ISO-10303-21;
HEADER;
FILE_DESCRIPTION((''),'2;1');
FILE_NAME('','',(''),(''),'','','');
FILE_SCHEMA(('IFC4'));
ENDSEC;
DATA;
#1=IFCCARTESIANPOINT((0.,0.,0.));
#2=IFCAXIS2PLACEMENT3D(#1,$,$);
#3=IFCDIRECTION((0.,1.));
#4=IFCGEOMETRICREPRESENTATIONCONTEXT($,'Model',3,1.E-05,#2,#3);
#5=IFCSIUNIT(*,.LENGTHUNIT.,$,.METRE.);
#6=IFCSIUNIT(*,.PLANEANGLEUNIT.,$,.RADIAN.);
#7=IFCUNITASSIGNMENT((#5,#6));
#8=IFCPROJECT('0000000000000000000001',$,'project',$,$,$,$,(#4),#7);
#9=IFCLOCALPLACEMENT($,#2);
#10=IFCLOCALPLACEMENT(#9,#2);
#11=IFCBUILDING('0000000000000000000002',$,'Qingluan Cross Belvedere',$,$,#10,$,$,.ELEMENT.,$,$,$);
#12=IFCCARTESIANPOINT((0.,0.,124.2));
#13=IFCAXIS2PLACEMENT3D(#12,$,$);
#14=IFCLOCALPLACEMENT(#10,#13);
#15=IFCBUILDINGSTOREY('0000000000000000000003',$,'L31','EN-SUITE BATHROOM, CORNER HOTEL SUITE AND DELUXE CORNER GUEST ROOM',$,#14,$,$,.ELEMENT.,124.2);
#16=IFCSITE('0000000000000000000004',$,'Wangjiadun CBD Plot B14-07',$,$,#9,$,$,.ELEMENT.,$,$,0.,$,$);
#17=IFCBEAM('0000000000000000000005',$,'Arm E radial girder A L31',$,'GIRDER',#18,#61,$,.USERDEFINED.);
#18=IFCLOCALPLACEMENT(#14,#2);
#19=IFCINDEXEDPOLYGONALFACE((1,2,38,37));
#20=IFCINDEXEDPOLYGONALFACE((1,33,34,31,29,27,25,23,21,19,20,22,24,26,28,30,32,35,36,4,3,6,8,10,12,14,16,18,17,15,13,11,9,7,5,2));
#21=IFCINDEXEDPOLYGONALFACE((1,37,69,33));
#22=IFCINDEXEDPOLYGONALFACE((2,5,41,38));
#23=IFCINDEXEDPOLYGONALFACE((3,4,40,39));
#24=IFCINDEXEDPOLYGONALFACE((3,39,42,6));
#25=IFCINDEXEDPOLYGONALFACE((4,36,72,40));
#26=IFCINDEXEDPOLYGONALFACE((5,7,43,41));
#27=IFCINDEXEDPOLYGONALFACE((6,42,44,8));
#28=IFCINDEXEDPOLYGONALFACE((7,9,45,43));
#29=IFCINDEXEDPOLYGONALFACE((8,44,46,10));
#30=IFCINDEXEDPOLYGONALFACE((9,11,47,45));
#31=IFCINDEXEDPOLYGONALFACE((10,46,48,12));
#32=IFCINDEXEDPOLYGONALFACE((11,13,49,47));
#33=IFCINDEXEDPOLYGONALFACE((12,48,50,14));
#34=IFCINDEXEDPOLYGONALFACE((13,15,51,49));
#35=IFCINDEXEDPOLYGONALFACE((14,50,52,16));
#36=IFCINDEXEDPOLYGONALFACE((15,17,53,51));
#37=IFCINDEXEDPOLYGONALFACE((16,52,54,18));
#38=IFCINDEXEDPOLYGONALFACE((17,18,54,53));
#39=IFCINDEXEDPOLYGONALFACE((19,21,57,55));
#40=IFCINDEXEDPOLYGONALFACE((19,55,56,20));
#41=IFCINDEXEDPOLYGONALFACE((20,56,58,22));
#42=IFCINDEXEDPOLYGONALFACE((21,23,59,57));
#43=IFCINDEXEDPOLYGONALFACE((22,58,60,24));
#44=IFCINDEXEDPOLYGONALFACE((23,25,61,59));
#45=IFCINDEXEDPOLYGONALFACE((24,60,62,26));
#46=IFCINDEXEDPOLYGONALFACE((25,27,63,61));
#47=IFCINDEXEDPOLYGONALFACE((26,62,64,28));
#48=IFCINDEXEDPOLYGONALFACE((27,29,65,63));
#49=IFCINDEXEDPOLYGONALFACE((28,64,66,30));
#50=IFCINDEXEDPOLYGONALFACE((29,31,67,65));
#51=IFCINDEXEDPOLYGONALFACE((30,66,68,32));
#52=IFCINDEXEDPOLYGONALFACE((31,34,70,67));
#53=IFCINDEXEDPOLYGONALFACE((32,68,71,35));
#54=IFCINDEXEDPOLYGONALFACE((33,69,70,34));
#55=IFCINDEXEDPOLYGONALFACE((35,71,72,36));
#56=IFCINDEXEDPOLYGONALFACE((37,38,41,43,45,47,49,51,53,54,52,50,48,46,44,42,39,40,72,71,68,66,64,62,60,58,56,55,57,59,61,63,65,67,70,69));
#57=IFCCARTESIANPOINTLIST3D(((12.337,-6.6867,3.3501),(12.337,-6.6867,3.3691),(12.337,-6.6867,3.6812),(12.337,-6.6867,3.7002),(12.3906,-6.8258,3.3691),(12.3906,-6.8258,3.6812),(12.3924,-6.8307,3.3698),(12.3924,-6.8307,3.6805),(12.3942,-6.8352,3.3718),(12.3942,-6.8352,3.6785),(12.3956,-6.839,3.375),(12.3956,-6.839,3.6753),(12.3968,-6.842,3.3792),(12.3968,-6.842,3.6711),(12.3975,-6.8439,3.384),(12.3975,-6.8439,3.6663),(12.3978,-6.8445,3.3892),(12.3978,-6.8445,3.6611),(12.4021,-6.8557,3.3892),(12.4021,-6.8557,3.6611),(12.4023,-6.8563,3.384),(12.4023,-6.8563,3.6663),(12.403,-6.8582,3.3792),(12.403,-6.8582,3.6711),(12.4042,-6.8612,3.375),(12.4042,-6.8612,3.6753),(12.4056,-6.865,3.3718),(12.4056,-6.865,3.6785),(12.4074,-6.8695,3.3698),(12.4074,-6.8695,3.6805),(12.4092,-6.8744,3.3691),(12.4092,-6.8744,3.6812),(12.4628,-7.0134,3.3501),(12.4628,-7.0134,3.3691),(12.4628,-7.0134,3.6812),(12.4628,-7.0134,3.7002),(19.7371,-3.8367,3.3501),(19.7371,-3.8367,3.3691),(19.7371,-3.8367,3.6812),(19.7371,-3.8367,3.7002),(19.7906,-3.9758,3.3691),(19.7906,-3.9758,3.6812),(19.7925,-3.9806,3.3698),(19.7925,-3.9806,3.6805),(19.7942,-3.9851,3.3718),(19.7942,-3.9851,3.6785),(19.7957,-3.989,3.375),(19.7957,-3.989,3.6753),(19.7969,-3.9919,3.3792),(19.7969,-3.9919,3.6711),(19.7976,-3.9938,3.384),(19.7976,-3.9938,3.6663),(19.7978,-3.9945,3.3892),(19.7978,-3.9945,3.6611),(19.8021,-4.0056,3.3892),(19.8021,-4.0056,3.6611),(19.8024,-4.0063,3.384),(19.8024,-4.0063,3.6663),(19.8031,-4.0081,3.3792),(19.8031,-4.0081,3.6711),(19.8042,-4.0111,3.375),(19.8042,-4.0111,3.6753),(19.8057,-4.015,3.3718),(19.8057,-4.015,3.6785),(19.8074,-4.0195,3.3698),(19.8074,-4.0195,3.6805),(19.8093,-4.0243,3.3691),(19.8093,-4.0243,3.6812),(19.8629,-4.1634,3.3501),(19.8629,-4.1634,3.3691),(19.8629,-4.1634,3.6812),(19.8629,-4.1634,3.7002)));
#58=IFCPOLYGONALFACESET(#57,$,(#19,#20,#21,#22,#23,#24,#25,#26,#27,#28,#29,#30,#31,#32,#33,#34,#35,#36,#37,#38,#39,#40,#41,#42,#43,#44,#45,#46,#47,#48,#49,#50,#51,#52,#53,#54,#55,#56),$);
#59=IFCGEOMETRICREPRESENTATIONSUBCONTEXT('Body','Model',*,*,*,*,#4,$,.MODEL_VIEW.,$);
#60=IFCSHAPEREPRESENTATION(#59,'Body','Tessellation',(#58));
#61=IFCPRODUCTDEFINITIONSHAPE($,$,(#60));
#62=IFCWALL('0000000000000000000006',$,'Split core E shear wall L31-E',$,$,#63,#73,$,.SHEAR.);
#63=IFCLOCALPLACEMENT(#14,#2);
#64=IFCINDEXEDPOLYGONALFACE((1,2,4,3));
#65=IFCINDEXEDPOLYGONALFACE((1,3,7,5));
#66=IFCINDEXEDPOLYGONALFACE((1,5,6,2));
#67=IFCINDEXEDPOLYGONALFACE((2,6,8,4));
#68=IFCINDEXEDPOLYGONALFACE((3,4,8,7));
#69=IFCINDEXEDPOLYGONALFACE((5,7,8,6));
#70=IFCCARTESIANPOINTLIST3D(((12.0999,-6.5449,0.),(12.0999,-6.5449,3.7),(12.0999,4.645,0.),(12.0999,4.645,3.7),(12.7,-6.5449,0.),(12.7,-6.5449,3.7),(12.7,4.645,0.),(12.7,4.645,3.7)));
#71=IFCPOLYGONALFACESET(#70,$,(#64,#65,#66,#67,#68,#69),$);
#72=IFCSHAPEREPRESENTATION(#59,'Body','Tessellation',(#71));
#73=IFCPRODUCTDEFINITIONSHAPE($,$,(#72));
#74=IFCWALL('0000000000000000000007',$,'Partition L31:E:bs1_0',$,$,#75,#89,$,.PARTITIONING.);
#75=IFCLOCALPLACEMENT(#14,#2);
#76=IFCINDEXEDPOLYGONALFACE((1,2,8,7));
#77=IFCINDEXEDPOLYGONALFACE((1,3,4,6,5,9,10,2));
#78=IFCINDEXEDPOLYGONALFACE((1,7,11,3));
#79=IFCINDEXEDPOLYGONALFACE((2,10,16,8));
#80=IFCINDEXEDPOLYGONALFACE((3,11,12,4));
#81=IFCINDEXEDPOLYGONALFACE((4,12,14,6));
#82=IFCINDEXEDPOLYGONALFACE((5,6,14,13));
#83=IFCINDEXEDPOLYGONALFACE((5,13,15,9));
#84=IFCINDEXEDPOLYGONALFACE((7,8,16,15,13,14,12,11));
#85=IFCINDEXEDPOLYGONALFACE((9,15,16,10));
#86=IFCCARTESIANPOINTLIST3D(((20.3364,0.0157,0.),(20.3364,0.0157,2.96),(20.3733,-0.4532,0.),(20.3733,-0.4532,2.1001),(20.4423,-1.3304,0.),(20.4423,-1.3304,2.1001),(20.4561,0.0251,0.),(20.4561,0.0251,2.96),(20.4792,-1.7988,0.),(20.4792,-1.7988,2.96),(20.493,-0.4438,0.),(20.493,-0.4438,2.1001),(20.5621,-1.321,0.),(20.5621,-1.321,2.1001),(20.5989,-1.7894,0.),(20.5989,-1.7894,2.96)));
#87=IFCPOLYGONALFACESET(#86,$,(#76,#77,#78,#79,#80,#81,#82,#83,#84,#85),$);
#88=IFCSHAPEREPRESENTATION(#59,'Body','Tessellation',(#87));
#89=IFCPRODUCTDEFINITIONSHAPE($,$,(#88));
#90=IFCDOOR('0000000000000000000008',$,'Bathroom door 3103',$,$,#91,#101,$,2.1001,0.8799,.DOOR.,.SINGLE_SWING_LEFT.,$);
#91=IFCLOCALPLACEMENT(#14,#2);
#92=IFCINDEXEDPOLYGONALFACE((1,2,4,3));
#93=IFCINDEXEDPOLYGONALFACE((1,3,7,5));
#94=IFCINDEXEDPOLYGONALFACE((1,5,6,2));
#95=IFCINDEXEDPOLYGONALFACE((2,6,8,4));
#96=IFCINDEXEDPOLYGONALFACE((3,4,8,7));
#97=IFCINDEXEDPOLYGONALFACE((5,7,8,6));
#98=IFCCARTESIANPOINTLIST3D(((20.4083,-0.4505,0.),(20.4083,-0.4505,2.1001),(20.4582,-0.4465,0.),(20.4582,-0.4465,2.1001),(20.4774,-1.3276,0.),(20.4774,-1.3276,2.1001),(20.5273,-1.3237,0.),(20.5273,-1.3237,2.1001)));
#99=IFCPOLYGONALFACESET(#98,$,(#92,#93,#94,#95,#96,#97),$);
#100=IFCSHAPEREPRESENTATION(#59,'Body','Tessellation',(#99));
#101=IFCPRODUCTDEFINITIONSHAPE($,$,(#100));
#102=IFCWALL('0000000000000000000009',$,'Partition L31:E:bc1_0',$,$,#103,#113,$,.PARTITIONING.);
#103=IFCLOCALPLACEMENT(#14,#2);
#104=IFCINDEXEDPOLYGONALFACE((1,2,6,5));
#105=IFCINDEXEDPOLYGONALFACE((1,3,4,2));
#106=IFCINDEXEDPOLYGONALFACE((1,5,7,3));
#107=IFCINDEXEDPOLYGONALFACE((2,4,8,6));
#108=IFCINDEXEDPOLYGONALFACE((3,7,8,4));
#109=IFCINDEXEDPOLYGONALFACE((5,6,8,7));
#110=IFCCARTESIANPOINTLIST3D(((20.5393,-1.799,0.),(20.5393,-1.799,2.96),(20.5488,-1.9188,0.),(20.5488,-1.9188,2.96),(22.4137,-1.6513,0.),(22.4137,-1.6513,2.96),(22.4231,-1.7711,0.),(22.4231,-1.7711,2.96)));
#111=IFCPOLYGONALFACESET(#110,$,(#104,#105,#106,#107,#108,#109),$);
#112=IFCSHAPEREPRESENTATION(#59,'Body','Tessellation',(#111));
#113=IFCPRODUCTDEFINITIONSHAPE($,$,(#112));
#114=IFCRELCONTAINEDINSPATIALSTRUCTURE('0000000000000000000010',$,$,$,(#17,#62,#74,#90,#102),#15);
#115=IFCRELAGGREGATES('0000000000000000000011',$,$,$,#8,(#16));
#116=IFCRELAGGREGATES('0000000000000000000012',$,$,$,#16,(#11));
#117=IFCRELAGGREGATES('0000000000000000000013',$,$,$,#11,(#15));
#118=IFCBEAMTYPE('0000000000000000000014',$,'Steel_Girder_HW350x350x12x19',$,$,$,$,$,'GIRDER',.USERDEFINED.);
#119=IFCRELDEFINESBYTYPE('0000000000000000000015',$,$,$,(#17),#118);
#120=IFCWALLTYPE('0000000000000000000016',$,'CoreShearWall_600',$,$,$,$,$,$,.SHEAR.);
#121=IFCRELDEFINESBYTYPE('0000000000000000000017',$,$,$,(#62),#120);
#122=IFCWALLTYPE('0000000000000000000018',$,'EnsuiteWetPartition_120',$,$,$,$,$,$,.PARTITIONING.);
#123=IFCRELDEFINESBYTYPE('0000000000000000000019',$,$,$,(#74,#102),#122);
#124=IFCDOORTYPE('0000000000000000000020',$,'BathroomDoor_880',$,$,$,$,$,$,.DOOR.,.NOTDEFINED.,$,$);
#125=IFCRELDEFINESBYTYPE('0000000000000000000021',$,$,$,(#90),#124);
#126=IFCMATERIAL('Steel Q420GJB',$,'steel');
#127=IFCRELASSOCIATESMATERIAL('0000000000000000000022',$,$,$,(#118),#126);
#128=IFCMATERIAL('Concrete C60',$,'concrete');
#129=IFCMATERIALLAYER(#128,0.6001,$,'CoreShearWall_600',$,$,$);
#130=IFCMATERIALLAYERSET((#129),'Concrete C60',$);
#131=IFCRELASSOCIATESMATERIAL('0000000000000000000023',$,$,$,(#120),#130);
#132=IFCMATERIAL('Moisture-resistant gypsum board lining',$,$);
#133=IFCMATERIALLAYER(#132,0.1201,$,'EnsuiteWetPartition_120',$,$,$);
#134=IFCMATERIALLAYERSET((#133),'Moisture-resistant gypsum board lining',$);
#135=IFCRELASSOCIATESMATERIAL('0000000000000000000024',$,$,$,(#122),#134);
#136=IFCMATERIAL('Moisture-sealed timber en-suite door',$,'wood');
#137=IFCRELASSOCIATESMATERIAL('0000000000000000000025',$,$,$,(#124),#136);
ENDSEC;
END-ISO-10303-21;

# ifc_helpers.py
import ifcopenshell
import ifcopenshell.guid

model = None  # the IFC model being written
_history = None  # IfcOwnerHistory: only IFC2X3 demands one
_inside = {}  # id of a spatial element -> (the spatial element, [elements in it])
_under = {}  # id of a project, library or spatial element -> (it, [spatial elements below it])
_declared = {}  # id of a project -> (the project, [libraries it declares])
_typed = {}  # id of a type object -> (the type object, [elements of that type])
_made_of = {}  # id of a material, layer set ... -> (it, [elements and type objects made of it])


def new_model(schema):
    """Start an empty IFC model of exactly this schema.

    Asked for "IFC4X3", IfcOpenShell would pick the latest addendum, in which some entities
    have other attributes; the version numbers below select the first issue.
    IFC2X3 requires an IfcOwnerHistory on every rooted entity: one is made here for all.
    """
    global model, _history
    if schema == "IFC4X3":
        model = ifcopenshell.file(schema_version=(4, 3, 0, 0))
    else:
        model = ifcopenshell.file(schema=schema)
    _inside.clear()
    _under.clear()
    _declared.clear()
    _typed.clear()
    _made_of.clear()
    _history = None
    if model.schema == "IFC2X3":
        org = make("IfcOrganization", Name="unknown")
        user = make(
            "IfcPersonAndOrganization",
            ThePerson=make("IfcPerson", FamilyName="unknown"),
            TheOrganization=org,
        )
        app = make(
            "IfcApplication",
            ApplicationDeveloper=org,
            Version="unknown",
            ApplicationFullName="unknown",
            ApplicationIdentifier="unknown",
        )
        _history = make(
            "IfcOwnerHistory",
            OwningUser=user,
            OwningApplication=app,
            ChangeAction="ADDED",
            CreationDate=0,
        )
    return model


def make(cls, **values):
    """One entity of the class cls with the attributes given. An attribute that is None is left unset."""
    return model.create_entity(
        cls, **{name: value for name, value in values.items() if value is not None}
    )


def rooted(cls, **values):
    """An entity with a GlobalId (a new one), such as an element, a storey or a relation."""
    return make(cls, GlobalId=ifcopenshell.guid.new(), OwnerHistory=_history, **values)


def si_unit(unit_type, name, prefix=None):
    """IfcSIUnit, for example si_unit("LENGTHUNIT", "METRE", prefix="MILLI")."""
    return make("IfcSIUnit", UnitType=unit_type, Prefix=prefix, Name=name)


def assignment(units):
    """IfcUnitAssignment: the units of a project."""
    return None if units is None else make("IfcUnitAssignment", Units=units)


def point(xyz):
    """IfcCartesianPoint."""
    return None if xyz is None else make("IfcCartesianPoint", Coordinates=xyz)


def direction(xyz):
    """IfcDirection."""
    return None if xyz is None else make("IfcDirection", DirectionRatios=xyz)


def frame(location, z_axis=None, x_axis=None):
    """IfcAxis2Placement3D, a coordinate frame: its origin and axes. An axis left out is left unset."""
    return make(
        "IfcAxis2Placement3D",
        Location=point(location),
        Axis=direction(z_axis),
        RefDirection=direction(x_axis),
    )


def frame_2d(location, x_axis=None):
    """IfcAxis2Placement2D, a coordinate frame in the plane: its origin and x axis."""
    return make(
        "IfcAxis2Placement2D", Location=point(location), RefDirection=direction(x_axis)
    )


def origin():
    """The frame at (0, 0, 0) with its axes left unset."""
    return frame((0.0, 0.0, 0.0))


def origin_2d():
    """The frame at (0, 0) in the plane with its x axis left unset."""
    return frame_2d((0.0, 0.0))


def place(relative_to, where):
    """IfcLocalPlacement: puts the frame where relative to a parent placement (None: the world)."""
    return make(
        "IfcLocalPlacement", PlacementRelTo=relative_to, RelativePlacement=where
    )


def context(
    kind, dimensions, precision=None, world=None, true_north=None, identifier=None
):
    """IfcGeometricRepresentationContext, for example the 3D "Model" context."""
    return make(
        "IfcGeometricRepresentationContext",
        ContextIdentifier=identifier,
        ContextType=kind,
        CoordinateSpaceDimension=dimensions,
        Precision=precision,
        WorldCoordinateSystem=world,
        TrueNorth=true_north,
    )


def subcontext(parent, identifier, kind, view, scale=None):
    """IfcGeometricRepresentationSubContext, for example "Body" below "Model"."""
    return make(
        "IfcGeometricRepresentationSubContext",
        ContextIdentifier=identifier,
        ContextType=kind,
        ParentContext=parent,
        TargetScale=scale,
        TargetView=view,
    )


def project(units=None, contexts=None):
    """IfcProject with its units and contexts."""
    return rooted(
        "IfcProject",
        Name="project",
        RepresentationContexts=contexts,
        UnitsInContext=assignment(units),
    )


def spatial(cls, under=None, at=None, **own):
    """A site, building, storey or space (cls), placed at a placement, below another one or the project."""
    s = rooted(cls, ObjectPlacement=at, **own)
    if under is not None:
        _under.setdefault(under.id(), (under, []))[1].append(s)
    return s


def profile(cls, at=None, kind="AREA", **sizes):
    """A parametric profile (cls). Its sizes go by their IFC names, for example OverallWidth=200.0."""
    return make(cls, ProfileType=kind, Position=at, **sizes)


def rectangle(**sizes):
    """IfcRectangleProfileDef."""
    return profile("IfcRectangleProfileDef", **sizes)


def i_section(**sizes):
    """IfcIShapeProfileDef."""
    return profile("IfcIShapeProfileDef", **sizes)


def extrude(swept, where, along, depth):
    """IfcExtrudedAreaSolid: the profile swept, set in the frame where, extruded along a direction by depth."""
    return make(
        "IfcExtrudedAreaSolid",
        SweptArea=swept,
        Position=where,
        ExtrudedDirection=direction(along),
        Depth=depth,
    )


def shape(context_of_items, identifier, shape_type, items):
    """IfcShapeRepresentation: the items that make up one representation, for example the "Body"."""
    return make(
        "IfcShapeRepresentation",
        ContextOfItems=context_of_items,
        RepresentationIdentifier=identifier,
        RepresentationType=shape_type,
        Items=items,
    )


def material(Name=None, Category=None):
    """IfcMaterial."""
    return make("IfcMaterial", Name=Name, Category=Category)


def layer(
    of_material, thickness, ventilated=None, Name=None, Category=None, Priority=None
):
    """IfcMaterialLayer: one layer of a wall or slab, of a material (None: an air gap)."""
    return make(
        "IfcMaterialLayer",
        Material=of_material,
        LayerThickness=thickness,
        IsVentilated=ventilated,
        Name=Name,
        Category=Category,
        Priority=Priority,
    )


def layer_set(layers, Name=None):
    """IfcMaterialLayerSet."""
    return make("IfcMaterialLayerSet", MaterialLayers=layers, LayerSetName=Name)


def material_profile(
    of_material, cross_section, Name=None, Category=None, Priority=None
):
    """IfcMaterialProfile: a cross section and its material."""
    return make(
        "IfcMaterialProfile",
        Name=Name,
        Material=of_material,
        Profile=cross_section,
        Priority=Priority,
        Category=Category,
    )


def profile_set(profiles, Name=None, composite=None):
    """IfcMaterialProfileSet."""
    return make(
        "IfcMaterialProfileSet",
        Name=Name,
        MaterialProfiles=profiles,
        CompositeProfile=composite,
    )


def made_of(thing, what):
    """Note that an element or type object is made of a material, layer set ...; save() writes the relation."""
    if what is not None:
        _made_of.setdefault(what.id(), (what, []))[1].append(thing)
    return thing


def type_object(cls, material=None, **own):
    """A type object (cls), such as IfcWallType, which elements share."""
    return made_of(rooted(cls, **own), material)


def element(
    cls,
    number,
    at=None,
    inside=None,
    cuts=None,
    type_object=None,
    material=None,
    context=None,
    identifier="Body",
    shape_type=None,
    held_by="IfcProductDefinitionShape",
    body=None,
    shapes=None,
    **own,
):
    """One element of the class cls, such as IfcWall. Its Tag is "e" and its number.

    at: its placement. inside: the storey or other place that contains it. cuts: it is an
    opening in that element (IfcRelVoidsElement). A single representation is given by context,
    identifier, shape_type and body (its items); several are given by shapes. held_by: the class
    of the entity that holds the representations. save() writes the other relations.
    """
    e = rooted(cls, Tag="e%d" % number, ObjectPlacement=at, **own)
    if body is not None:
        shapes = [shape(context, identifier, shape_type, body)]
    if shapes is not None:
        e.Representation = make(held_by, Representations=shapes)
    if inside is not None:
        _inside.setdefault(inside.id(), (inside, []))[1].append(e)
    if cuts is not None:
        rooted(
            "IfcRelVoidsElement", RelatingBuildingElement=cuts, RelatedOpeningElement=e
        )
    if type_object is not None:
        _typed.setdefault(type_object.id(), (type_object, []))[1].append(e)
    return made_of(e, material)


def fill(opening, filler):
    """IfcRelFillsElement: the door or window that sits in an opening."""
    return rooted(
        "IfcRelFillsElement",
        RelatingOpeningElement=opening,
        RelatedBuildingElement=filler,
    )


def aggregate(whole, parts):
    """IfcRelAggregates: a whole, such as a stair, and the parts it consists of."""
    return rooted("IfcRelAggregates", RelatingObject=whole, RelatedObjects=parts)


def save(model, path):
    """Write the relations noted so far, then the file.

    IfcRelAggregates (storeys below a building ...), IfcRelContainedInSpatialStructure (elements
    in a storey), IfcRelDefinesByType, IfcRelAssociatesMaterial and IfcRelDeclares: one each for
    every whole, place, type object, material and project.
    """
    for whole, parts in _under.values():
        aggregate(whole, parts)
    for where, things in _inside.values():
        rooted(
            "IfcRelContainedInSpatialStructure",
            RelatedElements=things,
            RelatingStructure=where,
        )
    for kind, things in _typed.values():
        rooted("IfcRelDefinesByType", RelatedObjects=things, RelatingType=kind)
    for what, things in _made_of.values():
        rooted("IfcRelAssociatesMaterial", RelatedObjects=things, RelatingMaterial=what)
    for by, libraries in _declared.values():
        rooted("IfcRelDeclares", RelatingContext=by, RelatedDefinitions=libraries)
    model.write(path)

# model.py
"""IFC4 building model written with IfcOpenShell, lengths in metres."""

from ifc_helpers import new_model, si_unit, direction, frame, frame_2d, origin, origin_2d, place, context, subcontext, project, spatial, rectangle, i_section, extrude, material, layer, layer_set, material_profile, profile_set, type_object, element, fill, save


model = new_model("IFC4")

# Units and contexts
model_context = context("Model", 3, precision=1e-05, world=origin(), true_north=direction((0.0, 1.0)))
body_context = subcontext(model_context, "Body", "Model", "MODEL_VIEW")
ifc_project = project(units=[si_unit("LENGTHUNIT", "METRE"), si_unit("PLANEANGLEUNIT", "RADIAN")], contexts=[model_context])

# Site, building, storey
site_placement = place(None, origin())
site = spatial("IfcSite", under=ifc_project, at=site_placement, Name="Wangjiadun CBD Plot B14-07", CompositionType="ELEMENT", RefElevation=0.0)
building_placement = place(site_placement, origin())
building = spatial("IfcBuilding", under=site, at=building_placement, Name="Qingluan Cross Belvedere", CompositionType="ELEMENT")
storey_placement = place(building_placement, frame((0.0, 0.0, 124.2)))
storey = spatial("IfcBuildingStorey", under=building, at=storey_placement, Name="L31", Description="EN-SUITE BATHROOM, CORNER HOTEL SUITE AND DELUXE CORNER GUEST ROOM", CompositionType="ELEMENT", Elevation=124.2)

# Beam
ifc_material_1 = material(Name="Steel Q420GJB", Category="steel")
ifc_material_profile_1 = material_profile(ifc_material_1, i_section(OverallWidth=0.3501, OverallDepth=0.3501, WebThickness=0.012, FlangeThickness=0.019, FilletRadius=0.02, at=origin_2d()), Name="HW350x350x12x19")
ifc_profile_set_1 = profile_set([ifc_material_profile_1], Name="Steel Q420GJB")
beam_type_1 = type_object("IfcBeamType", Name="Steel_Girder_HW350x350x12x19", ElementType="GIRDER", PredefinedType="USERDEFINED", material=ifc_profile_set_1)
beam_1_placement = place(storey_placement, frame((12.3999, -6.8501, 3.5251), z_axis=(0.933181, 0.359406, 0.0), x_axis=(-0.359406, 0.933181, 0.0)))
element("IfcBeam", 1, at=beam_1_placement, inside=storey, type_object=beam_type_1, Name="Arm E radial girder A L31", ObjectType="GIRDER", PredefinedType="USERDEFINED", context=body_context, shape_type="SweptSolid", body=[
    extrude(i_section(OverallWidth=0.3501, OverallDepth=0.3501, WebThickness=0.012, FlangeThickness=0.019, FilletRadius=0.02, at=origin_2d()), origin(), (0.0, 0.0, 1.0), 7.9299),
])

# Wall
ifc_material_2 = material(Name="Concrete C60", Category="concrete")
ifc_layer_1 = layer(ifc_material_2, 0.6001, Name="CoreShearWall_600")
ifc_layer_set_1 = layer_set([ifc_layer_1], Name="Concrete C60")
wall_type_1 = type_object("IfcWallType", Name="CoreShearWall_600", PredefinedType="SHEAR", material=ifc_layer_set_1)
wall_1_placement = place(storey_placement, frame((12.3999, -6.5449, 0.0), z_axis=(0.0, 0.0, 1.0), x_axis=(0.0, 1.0, 0.0)))
element("IfcWall", 2, at=wall_1_placement, inside=storey, type_object=wall_type_1, Name="Split core E shear wall L31-E", PredefinedType="SHEAR", context=body_context, shape_type="SweptSolid", body=[
    extrude(rectangle(XDim=11.1899, YDim=0.6001, at=frame_2d((5.595, 0.0))), origin(), (0.0, 0.0, 1.0), 3.7),
])

# Wall, opening, door
ifc_material_3 = material(Name="Moisture-resistant gypsum board lining")
ifc_layer_2 = layer(ifc_material_3, 0.1201, Name="EnsuiteWetPartition_120")
ifc_layer_set_2 = layer_set([ifc_layer_2], Name="Moisture-resistant gypsum board lining")
wall_type_2 = type_object("IfcWallType", Name="EnsuiteWetPartition_120", PredefinedType="PARTITIONING", material=ifc_layer_set_2)
wall_2_placement = place(storey_placement, frame((20.5391, -1.7942, 0.0), z_axis=(0.0, 0.0, 1.0), x_axis=(-0.078471, 0.996916, 0.0)))
wall_2 = element("IfcWall", 3, at=wall_2_placement, inside=storey, type_object=wall_type_2, Name="Partition L31:E:bs1_0", PredefinedType="PARTITIONING", context=body_context, shape_type="SweptSolid", body=[
    extrude(rectangle(XDim=1.8201, YDim=0.1201, at=frame_2d((0.9102, 0.0))), origin(), (0.0, 0.0, 1.0), 2.96),
])
opening_1_placement = place(wall_2_placement, frame((0.47, 0.0, 0.0)))
opening_1 = element("IfcOpeningElement", 4, at=opening_1_placement, cuts=wall_2, PredefinedType="OPENING", context=body_context, shape_type="SweptSolid", body=[
    extrude(rectangle(XDim=0.8799, YDim=2.1001, at=frame_2d((0.4399, 1.05))), frame((0.0, 0.0701, 0.0), z_axis=(0.0, -1.0, 0.0), x_axis=(1.0, 0.0, 0.0)), (0.0, 0.0, 1.0), 0.1401),
])
ifc_material_4 = material(Name="Moisture-sealed timber en-suite door", Category="wood")
door_type_1 = type_object("IfcDoorType", Name="BathroomDoor_880", OperationType="NOTDEFINED", PredefinedType="DOOR", material=ifc_material_4)
door_1_placement = place(opening_1_placement, origin())
door_1 = element("IfcDoor", 5, at=door_1_placement, inside=storey, type_object=door_type_1, Name="Bathroom door 3103", OperationType="SINGLE_SWING_LEFT", OverallHeight=2.1001, OverallWidth=0.8799, PredefinedType="DOOR", context=body_context, shape_type="SweptSolid", body=[
    extrude(rectangle(XDim=0.8799, YDim=2.1001, at=frame_2d((0.4399, 1.05))), frame((0.0, 0.0249, 0.0), z_axis=(0.0, -1.0, 0.0), x_axis=(1.0, 0.0, 0.0)), (0.0, 0.0, 1.0), 0.05),
])
fill(opening_1, door_1)

# Wall
wall_3_placement = place(storey_placement, frame((20.5442, -1.8589, 0.0), z_axis=(0.0, 0.0, 1.0), x_axis=(0.996909, 0.078563, 0.0)))
element("IfcWall", 6, at=wall_3_placement, inside=storey, type_object=wall_type_2, Name="Partition L31:E:bc1_0", PredefinedType="PARTITIONING", context=body_context, shape_type="SweptSolid", body=[
    extrude(rectangle(XDim=1.8801, YDim=0.1201, at=frame_2d((0.9399, 0.0))), origin(), (0.0, 0.0, 1.0), 2.96),
])

save(model, "model.ifc")
